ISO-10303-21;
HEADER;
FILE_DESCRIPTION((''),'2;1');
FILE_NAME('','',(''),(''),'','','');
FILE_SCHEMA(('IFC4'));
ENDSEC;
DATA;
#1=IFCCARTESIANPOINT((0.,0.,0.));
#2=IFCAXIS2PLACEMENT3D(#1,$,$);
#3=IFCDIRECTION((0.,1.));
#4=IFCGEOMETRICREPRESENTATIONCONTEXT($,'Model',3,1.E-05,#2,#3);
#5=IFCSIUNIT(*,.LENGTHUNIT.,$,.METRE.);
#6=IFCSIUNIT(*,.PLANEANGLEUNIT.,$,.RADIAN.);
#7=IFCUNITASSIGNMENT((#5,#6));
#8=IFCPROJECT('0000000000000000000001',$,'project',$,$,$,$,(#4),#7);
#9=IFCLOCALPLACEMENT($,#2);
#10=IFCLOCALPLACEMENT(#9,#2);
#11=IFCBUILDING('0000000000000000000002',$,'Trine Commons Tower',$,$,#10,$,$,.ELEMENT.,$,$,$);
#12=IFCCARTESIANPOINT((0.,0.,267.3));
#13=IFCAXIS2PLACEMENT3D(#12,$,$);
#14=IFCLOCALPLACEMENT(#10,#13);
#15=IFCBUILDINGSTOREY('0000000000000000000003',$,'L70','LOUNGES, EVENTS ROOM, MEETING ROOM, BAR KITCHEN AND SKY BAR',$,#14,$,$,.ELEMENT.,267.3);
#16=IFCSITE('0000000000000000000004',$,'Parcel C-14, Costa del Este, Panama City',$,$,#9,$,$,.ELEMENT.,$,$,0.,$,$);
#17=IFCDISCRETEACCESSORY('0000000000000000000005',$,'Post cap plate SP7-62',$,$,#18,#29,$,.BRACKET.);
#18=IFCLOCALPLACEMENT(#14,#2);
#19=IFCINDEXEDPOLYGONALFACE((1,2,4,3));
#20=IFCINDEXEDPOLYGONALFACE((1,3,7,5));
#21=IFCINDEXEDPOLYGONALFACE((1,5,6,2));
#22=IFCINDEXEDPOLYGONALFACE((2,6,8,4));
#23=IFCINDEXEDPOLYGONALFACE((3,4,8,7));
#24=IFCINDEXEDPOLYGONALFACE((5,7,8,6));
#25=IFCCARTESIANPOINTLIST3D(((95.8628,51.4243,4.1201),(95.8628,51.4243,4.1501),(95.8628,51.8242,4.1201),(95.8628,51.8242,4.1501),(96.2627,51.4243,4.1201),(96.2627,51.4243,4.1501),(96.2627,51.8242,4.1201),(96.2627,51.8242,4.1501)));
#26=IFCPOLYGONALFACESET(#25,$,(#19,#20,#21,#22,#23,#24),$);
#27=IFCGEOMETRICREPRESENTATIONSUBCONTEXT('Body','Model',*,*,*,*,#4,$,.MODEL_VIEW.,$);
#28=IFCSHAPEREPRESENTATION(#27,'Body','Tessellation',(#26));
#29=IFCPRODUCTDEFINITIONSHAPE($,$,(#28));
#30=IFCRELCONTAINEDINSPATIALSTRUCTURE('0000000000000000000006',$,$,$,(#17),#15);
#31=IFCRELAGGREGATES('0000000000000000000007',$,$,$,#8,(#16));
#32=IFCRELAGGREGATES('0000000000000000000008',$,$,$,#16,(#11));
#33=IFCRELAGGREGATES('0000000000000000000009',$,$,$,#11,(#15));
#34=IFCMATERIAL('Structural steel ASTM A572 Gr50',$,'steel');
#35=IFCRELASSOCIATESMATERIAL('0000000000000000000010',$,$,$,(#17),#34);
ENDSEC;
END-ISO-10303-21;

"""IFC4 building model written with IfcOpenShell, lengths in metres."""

from ifc_helpers import new_model, si_unit, direction, frame, origin, origin_2d, place, context, subcontext, project, spatial, rectangle, extrude, material, element, save


model = new_model("IFC4")

# Units and contexts
model_context = context("Model", 3, precision=1e-05, world=origin(), true_north=direction((0.0, 1.0)))
body_context = subcontext(model_context, "Body", "Model", "MODEL_VIEW")
ifc_project = project(units=[si_unit("LENGTHUNIT", "METRE"), si_unit("PLANEANGLEUNIT", "RADIAN")], contexts=[model_context])

# Site, building, storey
site_placement = place(None, origin())
site = spatial("IfcSite", under=ifc_project, at=site_placement, Name="Parcel C-14, Costa del Este, Panama City", CompositionType="ELEMENT", RefElevation=0.0)
building_placement = place(site_placement, origin())
building = spatial("IfcBuilding", under=site, at=building_placement, Name="Trine Commons Tower", CompositionType="ELEMENT")
storey_placement = place(building_placement, frame((0.0, 0.0, 267.3)))
storey = spatial("IfcBuildingStorey", under=building, at=storey_placement, Name="L70", Description="LOUNGES, EVENTS ROOM, MEETING ROOM, BAR KITCHEN AND SKY BAR", CompositionType="ELEMENT", Elevation=267.3)

# Discrete accessory
ifc_material_1 = material(Name="Structural steel ASTM A572 Gr50", Category="steel")
for number, where, z_axis, x_axis, name in (
    (1, (96.0627, 51.6243, 4.1201), (0.0, 0.0, 1.0), (1.0, 0.0, 0.0), "Post cap plate SP7-62"),
):
    element("IfcDiscreteAccessory", number, at=place(storey_placement, frame(where, z_axis=z_axis, x_axis=x_axis)), inside=storey, material=ifc_material_1, Name=name, PredefinedType="BRACKET", context=body_context, shape_type="SweptSolid", body=[
        extrude(rectangle(XDim=0.3999, YDim=0.3999, at=origin_2d()), origin(), (0.0, 0.0, 1.0), 0.03),
    ])

save(model, "model.ifc")
